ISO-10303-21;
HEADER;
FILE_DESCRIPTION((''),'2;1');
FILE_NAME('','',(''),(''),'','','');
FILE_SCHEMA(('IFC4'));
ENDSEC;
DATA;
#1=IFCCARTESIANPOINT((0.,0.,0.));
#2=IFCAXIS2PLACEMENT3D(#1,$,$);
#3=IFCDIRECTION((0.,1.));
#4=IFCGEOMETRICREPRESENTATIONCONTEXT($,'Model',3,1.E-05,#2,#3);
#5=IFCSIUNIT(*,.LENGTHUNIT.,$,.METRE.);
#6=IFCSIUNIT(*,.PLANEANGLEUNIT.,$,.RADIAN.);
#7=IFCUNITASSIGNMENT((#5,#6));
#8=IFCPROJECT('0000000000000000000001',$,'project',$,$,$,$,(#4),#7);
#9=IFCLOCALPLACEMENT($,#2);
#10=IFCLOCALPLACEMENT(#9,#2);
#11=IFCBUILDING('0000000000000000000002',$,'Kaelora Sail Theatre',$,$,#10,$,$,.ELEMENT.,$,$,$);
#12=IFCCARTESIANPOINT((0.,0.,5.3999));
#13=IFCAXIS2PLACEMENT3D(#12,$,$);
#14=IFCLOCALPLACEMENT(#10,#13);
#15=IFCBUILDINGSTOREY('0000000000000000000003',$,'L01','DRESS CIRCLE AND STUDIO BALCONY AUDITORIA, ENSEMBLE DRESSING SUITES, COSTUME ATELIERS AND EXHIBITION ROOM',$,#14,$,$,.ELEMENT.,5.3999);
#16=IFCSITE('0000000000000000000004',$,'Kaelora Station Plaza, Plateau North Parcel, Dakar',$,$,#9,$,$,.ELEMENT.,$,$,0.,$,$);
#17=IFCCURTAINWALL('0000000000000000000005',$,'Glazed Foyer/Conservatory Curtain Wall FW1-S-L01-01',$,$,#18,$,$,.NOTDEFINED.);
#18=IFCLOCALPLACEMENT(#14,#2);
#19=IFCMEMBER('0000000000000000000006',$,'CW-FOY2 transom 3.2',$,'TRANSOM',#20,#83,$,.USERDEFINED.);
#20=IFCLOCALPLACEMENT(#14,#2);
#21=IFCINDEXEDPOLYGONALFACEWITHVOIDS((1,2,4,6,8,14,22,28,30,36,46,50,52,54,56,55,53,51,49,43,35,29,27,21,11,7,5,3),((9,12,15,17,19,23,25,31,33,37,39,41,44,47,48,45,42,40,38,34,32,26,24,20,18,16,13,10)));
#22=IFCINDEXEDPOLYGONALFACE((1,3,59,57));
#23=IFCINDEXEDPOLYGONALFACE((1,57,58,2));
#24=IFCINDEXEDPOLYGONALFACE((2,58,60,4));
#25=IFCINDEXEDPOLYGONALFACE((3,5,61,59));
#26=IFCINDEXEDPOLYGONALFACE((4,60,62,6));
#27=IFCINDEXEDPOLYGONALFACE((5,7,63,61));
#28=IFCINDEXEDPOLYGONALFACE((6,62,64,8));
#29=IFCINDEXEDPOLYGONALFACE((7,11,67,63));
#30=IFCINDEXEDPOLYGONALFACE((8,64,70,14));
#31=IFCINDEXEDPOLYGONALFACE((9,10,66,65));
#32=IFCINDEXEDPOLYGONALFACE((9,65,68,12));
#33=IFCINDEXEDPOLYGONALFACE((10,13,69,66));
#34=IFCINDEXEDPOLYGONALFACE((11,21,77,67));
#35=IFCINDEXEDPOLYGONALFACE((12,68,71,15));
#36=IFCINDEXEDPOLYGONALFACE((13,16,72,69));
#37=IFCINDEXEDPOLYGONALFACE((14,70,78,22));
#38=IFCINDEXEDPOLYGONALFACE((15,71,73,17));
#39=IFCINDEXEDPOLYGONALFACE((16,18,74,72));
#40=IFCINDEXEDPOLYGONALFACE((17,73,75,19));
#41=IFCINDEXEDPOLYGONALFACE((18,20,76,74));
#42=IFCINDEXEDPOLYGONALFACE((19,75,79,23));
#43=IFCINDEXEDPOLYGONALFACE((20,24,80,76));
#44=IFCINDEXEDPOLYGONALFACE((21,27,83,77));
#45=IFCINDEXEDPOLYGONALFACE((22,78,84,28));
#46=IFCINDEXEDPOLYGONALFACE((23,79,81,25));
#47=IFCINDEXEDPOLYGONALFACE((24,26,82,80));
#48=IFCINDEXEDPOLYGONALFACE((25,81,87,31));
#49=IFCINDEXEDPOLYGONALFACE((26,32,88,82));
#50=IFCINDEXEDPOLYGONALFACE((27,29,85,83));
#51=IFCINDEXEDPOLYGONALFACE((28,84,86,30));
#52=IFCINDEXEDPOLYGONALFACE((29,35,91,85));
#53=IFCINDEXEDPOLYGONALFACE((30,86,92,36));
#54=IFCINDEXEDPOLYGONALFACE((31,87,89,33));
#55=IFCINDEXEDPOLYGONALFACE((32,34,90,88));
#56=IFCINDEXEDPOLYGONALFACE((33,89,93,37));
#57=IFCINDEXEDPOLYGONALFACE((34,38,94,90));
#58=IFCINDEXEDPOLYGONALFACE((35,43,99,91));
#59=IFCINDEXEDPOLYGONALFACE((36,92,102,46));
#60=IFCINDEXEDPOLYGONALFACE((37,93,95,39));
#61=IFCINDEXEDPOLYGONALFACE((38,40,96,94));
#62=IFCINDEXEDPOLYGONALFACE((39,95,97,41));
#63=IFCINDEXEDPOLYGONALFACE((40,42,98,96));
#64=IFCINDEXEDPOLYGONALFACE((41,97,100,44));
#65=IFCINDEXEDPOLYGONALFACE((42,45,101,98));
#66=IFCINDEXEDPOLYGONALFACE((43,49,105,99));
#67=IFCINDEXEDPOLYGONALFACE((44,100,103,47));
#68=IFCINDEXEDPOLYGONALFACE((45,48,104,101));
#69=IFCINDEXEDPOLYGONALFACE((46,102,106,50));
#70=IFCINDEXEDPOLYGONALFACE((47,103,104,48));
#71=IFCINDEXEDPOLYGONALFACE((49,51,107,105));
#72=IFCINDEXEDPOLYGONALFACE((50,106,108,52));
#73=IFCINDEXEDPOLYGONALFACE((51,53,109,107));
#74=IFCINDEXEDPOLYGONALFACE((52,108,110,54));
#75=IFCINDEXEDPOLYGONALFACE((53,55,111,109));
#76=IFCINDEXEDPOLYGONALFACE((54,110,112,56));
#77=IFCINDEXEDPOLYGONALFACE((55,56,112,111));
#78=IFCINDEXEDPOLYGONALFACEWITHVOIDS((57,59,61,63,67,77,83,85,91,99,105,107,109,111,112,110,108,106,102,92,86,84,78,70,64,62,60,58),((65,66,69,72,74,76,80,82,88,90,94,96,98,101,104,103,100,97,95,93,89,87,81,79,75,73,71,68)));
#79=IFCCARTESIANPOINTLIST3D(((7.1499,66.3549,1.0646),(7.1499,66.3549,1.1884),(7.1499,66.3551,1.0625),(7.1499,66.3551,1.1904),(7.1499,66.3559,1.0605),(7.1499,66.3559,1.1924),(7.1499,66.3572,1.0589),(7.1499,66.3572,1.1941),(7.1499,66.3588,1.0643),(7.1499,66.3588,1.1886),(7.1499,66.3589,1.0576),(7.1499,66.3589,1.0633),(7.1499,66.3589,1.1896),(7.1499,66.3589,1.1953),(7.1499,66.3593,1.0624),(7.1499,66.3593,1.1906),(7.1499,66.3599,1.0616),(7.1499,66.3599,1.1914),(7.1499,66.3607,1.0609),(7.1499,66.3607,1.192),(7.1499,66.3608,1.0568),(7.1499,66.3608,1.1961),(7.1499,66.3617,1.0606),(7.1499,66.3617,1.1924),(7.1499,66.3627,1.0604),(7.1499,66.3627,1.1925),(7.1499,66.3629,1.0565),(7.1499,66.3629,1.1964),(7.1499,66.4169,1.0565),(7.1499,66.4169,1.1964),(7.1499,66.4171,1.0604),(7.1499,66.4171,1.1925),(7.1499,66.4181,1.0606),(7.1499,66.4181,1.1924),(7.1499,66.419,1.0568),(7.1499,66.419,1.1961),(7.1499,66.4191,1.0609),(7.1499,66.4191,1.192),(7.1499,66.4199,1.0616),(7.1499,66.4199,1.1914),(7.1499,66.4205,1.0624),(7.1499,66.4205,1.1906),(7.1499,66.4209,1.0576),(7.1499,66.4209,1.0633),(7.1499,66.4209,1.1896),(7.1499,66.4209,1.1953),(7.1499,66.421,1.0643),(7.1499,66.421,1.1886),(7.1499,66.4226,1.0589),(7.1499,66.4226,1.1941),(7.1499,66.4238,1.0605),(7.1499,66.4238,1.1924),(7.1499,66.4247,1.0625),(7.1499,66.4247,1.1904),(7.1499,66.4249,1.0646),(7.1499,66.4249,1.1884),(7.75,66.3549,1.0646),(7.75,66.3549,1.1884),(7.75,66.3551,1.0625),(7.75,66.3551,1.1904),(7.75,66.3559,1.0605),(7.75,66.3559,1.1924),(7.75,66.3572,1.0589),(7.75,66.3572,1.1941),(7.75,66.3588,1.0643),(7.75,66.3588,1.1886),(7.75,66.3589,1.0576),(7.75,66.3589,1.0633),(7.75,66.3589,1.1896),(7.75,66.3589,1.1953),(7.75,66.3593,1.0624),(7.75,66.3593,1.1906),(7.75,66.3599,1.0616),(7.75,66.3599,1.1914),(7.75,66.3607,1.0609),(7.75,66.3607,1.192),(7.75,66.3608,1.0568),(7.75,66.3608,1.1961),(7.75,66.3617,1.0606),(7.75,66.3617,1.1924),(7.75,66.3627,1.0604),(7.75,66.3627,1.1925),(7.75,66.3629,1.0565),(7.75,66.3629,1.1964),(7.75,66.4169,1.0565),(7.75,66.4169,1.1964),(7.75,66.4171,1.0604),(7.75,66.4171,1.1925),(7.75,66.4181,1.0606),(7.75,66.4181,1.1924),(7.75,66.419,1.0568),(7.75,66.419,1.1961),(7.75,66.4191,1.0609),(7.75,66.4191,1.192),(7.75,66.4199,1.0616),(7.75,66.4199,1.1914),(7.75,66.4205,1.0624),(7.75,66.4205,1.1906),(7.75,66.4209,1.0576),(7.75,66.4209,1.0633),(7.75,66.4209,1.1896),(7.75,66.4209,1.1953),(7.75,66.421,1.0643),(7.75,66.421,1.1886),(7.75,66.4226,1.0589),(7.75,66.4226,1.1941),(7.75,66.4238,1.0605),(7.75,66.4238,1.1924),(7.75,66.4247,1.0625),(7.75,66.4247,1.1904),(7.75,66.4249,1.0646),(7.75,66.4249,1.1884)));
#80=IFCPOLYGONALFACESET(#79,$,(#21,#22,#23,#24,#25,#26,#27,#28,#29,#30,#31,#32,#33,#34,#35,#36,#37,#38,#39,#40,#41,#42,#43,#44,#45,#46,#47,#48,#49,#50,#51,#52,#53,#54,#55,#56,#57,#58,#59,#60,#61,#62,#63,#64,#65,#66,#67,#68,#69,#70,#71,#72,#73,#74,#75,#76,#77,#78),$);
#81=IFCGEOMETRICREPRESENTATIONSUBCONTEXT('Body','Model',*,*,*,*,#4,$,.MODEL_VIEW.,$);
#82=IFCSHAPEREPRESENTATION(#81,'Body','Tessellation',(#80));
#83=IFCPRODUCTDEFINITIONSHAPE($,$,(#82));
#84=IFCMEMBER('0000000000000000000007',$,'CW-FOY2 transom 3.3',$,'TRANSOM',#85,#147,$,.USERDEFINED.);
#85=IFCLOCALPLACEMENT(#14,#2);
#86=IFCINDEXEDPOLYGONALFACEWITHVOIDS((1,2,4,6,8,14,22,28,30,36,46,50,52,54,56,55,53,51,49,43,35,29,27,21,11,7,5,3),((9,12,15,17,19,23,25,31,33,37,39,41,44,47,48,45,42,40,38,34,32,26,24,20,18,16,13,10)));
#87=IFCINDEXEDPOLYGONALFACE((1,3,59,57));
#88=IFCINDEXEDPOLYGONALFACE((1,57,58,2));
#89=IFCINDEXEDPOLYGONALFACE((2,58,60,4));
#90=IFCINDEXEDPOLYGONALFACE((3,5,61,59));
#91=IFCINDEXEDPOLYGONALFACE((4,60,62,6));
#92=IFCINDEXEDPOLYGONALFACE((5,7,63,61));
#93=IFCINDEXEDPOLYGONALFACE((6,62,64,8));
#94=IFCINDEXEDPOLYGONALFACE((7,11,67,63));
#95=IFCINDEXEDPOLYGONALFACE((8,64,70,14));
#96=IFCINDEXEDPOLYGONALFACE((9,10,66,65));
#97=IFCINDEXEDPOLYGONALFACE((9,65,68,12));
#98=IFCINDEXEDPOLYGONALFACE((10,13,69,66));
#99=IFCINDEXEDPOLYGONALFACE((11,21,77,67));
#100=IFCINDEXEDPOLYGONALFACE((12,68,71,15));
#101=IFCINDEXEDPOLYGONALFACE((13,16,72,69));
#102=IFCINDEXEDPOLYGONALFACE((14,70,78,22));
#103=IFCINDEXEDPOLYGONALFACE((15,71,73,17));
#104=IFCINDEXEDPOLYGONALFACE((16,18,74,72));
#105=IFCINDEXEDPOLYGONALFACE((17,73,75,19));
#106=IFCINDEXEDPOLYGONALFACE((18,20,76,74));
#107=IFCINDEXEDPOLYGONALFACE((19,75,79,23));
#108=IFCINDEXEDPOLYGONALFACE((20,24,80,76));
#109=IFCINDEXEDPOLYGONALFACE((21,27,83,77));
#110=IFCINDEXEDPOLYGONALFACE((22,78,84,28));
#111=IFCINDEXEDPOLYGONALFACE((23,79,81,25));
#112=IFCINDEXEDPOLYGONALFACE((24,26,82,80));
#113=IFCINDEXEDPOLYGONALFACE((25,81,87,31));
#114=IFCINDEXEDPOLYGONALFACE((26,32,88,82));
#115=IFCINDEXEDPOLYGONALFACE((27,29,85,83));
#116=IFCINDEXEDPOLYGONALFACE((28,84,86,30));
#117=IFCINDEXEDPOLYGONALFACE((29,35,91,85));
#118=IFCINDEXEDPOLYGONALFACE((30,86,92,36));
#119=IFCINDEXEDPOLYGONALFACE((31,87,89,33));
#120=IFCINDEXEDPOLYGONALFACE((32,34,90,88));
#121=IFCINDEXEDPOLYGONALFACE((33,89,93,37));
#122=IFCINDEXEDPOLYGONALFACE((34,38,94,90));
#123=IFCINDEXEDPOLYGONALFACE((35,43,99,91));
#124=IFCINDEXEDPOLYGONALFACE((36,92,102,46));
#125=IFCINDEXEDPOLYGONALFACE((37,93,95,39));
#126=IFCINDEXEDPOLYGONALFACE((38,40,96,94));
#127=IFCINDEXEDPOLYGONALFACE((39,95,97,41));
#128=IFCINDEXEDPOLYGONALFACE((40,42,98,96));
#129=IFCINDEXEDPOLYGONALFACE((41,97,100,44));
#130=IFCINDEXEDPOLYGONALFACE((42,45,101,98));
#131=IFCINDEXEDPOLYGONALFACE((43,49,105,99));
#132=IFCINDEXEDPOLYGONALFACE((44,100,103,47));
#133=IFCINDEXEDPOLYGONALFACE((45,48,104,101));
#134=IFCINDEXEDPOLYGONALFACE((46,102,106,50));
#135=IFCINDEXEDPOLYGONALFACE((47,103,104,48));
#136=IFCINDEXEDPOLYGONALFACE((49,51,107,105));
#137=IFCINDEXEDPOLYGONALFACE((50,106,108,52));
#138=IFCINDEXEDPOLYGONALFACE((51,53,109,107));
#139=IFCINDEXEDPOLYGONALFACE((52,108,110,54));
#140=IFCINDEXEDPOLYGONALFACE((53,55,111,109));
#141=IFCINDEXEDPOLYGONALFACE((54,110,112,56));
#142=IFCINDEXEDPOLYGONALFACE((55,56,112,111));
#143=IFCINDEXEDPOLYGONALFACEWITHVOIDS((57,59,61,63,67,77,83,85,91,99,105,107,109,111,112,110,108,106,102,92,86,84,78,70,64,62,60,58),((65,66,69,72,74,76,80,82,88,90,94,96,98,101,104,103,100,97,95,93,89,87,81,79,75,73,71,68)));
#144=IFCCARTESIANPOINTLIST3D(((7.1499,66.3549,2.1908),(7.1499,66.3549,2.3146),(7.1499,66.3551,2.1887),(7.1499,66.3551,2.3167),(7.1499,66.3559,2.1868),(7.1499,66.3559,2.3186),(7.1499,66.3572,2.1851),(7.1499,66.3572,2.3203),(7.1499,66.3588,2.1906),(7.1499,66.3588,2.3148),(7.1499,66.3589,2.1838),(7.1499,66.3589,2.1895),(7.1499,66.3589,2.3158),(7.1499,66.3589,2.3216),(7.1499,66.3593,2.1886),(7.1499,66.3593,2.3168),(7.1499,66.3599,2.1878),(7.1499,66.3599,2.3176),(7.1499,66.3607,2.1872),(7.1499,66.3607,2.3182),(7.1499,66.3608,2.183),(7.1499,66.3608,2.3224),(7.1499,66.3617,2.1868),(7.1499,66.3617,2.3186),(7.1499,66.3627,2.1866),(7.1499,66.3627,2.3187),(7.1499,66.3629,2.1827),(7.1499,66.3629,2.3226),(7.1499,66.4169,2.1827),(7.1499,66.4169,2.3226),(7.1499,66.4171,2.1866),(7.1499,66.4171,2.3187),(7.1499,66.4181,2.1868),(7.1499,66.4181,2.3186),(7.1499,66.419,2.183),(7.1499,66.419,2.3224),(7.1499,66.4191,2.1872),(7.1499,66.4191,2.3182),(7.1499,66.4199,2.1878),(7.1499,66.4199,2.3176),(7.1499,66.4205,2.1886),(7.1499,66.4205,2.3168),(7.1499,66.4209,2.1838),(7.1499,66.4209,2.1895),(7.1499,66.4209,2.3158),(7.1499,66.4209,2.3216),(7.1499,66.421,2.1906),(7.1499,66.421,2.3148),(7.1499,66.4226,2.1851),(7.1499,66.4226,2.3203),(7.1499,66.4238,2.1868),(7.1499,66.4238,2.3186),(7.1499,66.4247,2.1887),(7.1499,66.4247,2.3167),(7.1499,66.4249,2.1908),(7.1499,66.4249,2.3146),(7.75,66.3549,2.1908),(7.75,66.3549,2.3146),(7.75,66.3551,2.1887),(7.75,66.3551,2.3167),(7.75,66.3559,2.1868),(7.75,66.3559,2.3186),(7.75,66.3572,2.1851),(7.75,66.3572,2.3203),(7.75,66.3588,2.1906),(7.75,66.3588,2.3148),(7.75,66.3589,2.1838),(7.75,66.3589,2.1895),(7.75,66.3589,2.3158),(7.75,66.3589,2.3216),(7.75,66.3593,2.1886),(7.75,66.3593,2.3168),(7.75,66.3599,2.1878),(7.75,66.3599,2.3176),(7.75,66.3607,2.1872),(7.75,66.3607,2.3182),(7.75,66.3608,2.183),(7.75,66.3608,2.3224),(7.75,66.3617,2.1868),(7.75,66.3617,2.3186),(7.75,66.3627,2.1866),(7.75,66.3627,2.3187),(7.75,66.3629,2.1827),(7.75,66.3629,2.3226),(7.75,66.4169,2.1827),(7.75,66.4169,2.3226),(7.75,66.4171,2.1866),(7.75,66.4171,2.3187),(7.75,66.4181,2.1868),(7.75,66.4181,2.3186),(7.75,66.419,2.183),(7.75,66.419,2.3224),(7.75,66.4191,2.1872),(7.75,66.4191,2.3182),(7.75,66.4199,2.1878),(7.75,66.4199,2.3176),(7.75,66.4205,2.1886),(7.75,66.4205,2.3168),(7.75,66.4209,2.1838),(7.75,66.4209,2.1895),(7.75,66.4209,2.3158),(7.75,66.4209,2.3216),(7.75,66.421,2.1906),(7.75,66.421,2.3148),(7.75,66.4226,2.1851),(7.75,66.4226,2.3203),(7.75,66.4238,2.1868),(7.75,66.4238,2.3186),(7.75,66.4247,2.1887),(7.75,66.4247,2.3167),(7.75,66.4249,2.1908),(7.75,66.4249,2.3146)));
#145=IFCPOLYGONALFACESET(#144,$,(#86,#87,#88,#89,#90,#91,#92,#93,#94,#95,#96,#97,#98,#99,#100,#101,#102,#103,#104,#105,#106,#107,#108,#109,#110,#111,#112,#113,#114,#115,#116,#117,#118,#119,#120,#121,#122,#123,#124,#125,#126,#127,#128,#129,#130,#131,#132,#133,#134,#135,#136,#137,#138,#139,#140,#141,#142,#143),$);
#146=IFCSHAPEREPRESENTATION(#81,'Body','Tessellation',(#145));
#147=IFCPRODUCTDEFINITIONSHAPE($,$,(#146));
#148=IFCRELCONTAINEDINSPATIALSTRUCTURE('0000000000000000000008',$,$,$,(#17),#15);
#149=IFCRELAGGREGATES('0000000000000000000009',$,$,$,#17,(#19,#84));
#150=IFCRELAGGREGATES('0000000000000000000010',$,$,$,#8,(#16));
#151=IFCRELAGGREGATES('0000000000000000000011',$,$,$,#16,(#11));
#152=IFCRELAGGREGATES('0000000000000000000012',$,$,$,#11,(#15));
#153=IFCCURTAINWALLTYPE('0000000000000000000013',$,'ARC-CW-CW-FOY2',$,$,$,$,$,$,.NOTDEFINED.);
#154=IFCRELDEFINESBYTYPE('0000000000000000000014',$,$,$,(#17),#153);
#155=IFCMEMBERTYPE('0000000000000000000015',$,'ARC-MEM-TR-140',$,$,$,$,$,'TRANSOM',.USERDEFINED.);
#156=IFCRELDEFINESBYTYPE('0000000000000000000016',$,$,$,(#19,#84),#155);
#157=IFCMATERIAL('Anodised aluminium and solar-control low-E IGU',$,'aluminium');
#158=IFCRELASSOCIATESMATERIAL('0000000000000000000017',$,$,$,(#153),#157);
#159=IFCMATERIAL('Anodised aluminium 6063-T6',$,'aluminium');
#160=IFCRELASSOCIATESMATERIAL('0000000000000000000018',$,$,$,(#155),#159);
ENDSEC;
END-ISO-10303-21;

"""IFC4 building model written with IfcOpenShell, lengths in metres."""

from ifc_helpers import new_model, si_unit, direction, frame, origin, origin_2d, place, context, subcontext, project, spatial, hollow_rectangle, extrude, material, material_profile, profile_set, type_object, element, aggregate, save


model = new_model("IFC4")

# Units and contexts
model_context = context("Model", 3, precision=1e-05, world=origin(), true_north=direction((0.0, 1.0)))
body_context = subcontext(model_context, "Body", "Model", "MODEL_VIEW")
ifc_project = project(units=[si_unit("LENGTHUNIT", "METRE"), si_unit("PLANEANGLEUNIT", "RADIAN")], contexts=[model_context])

# Site, building, storey
site_placement = place(None, origin())
site = spatial("IfcSite", under=ifc_project, at=site_placement, Name="Kaelora Station Plaza, Plateau North Parcel, Dakar", CompositionType="ELEMENT", RefElevation=0.0)
building_placement = place(site_placement, origin())
building = spatial("IfcBuilding", under=site, at=building_placement, Name="Kaelora Sail Theatre", CompositionType="ELEMENT")
storey_placement = place(building_placement, frame((0.0, 0.0, 5.3999)))
storey = spatial("IfcBuildingStorey", under=building, at=storey_placement, Name="L01", Description="DRESS CIRCLE AND STUDIO BALCONY AUDITORIA, ENSEMBLE DRESSING SUITES, COSTUME ATELIERS AND EXHIBITION ROOM", CompositionType="ELEMENT", Elevation=5.3999)

# Curtain wall, members
ifc_material_1 = material(Name="Anodised aluminium and solar-control low-E IGU", Category="aluminium")
curtain_wall_type = type_object("IfcCurtainWallType", Name="ARC-CW-CW-FOY2", PredefinedType="NOTDEFINED", material=ifc_material_1)
curtain_wall_placement = place(storey_placement, origin())
curtain_wall = element("IfcCurtainWall", 1, at=curtain_wall_placement, inside=storey, type_object=curtain_wall_type, Name="Glazed Foyer/Conservatory Curtain Wall FW1-S-L01-01", PredefinedType="NOTDEFINED")
ifc_material_2 = material(Name="Anodised aluminium 6063-T6", Category="aluminium")
ifc_material_profile_1 = material_profile(ifc_material_2, hollow_rectangle(XDim=0.0701, YDim=0.1399, WallThickness=0.0039, InnerFilletRadius=0.0039, OuterFilletRadius=0.0081, at=origin_2d()), Name="ALU-TRAN 70x140x4")
ifc_profile_set_1 = profile_set([ifc_material_profile_1], Name="Anodised aluminium 6063-T6")
member_type_1 = type_object("IfcMemberType", Name="ARC-MEM-TR-140", ElementType="TRANSOM", PredefinedType="USERDEFINED", material=ifc_profile_set_1)
member_1_placement = place(storey_placement, frame((7.1499, 66.3899, 1.1265), z_axis=(1.0, 0.0, 0.0), x_axis=(0.0, 1.0, 0.0)))
member_1 = element("IfcMember", 2, at=member_1_placement, type_object=member_type_1, Name="CW-FOY2 transom 3.2", ObjectType="TRANSOM", PredefinedType="USERDEFINED", context=body_context, shape_type="SweptSolid", body=[
    extrude(hollow_rectangle(XDim=0.0701, YDim=0.1399, WallThickness=0.0039, InnerFilletRadius=0.0039, OuterFilletRadius=0.0081, at=origin_2d()), origin(), (0.0, 0.0, 1.0), 0.6001),
])
member_2_placement = place(storey_placement, frame((7.1499, 66.3899, 2.2527), z_axis=(1.0, 0.0, 0.0), x_axis=(0.0, 1.0, 0.0)))
member_2 = element("IfcMember", 3, at=member_2_placement, type_object=member_type_1, Name="CW-FOY2 transom 3.3", ObjectType="TRANSOM", PredefinedType="USERDEFINED", context=body_context, shape_type="SweptSolid", body=[
    extrude(hollow_rectangle(XDim=0.0701, YDim=0.1399, WallThickness=0.0039, InnerFilletRadius=0.0039, OuterFilletRadius=0.0081, at=origin_2d()), origin(), (0.0, 0.0, 1.0), 0.6001),
])
aggregate(curtain_wall, [member_1, member_2])

save(model, "model.ifc")
